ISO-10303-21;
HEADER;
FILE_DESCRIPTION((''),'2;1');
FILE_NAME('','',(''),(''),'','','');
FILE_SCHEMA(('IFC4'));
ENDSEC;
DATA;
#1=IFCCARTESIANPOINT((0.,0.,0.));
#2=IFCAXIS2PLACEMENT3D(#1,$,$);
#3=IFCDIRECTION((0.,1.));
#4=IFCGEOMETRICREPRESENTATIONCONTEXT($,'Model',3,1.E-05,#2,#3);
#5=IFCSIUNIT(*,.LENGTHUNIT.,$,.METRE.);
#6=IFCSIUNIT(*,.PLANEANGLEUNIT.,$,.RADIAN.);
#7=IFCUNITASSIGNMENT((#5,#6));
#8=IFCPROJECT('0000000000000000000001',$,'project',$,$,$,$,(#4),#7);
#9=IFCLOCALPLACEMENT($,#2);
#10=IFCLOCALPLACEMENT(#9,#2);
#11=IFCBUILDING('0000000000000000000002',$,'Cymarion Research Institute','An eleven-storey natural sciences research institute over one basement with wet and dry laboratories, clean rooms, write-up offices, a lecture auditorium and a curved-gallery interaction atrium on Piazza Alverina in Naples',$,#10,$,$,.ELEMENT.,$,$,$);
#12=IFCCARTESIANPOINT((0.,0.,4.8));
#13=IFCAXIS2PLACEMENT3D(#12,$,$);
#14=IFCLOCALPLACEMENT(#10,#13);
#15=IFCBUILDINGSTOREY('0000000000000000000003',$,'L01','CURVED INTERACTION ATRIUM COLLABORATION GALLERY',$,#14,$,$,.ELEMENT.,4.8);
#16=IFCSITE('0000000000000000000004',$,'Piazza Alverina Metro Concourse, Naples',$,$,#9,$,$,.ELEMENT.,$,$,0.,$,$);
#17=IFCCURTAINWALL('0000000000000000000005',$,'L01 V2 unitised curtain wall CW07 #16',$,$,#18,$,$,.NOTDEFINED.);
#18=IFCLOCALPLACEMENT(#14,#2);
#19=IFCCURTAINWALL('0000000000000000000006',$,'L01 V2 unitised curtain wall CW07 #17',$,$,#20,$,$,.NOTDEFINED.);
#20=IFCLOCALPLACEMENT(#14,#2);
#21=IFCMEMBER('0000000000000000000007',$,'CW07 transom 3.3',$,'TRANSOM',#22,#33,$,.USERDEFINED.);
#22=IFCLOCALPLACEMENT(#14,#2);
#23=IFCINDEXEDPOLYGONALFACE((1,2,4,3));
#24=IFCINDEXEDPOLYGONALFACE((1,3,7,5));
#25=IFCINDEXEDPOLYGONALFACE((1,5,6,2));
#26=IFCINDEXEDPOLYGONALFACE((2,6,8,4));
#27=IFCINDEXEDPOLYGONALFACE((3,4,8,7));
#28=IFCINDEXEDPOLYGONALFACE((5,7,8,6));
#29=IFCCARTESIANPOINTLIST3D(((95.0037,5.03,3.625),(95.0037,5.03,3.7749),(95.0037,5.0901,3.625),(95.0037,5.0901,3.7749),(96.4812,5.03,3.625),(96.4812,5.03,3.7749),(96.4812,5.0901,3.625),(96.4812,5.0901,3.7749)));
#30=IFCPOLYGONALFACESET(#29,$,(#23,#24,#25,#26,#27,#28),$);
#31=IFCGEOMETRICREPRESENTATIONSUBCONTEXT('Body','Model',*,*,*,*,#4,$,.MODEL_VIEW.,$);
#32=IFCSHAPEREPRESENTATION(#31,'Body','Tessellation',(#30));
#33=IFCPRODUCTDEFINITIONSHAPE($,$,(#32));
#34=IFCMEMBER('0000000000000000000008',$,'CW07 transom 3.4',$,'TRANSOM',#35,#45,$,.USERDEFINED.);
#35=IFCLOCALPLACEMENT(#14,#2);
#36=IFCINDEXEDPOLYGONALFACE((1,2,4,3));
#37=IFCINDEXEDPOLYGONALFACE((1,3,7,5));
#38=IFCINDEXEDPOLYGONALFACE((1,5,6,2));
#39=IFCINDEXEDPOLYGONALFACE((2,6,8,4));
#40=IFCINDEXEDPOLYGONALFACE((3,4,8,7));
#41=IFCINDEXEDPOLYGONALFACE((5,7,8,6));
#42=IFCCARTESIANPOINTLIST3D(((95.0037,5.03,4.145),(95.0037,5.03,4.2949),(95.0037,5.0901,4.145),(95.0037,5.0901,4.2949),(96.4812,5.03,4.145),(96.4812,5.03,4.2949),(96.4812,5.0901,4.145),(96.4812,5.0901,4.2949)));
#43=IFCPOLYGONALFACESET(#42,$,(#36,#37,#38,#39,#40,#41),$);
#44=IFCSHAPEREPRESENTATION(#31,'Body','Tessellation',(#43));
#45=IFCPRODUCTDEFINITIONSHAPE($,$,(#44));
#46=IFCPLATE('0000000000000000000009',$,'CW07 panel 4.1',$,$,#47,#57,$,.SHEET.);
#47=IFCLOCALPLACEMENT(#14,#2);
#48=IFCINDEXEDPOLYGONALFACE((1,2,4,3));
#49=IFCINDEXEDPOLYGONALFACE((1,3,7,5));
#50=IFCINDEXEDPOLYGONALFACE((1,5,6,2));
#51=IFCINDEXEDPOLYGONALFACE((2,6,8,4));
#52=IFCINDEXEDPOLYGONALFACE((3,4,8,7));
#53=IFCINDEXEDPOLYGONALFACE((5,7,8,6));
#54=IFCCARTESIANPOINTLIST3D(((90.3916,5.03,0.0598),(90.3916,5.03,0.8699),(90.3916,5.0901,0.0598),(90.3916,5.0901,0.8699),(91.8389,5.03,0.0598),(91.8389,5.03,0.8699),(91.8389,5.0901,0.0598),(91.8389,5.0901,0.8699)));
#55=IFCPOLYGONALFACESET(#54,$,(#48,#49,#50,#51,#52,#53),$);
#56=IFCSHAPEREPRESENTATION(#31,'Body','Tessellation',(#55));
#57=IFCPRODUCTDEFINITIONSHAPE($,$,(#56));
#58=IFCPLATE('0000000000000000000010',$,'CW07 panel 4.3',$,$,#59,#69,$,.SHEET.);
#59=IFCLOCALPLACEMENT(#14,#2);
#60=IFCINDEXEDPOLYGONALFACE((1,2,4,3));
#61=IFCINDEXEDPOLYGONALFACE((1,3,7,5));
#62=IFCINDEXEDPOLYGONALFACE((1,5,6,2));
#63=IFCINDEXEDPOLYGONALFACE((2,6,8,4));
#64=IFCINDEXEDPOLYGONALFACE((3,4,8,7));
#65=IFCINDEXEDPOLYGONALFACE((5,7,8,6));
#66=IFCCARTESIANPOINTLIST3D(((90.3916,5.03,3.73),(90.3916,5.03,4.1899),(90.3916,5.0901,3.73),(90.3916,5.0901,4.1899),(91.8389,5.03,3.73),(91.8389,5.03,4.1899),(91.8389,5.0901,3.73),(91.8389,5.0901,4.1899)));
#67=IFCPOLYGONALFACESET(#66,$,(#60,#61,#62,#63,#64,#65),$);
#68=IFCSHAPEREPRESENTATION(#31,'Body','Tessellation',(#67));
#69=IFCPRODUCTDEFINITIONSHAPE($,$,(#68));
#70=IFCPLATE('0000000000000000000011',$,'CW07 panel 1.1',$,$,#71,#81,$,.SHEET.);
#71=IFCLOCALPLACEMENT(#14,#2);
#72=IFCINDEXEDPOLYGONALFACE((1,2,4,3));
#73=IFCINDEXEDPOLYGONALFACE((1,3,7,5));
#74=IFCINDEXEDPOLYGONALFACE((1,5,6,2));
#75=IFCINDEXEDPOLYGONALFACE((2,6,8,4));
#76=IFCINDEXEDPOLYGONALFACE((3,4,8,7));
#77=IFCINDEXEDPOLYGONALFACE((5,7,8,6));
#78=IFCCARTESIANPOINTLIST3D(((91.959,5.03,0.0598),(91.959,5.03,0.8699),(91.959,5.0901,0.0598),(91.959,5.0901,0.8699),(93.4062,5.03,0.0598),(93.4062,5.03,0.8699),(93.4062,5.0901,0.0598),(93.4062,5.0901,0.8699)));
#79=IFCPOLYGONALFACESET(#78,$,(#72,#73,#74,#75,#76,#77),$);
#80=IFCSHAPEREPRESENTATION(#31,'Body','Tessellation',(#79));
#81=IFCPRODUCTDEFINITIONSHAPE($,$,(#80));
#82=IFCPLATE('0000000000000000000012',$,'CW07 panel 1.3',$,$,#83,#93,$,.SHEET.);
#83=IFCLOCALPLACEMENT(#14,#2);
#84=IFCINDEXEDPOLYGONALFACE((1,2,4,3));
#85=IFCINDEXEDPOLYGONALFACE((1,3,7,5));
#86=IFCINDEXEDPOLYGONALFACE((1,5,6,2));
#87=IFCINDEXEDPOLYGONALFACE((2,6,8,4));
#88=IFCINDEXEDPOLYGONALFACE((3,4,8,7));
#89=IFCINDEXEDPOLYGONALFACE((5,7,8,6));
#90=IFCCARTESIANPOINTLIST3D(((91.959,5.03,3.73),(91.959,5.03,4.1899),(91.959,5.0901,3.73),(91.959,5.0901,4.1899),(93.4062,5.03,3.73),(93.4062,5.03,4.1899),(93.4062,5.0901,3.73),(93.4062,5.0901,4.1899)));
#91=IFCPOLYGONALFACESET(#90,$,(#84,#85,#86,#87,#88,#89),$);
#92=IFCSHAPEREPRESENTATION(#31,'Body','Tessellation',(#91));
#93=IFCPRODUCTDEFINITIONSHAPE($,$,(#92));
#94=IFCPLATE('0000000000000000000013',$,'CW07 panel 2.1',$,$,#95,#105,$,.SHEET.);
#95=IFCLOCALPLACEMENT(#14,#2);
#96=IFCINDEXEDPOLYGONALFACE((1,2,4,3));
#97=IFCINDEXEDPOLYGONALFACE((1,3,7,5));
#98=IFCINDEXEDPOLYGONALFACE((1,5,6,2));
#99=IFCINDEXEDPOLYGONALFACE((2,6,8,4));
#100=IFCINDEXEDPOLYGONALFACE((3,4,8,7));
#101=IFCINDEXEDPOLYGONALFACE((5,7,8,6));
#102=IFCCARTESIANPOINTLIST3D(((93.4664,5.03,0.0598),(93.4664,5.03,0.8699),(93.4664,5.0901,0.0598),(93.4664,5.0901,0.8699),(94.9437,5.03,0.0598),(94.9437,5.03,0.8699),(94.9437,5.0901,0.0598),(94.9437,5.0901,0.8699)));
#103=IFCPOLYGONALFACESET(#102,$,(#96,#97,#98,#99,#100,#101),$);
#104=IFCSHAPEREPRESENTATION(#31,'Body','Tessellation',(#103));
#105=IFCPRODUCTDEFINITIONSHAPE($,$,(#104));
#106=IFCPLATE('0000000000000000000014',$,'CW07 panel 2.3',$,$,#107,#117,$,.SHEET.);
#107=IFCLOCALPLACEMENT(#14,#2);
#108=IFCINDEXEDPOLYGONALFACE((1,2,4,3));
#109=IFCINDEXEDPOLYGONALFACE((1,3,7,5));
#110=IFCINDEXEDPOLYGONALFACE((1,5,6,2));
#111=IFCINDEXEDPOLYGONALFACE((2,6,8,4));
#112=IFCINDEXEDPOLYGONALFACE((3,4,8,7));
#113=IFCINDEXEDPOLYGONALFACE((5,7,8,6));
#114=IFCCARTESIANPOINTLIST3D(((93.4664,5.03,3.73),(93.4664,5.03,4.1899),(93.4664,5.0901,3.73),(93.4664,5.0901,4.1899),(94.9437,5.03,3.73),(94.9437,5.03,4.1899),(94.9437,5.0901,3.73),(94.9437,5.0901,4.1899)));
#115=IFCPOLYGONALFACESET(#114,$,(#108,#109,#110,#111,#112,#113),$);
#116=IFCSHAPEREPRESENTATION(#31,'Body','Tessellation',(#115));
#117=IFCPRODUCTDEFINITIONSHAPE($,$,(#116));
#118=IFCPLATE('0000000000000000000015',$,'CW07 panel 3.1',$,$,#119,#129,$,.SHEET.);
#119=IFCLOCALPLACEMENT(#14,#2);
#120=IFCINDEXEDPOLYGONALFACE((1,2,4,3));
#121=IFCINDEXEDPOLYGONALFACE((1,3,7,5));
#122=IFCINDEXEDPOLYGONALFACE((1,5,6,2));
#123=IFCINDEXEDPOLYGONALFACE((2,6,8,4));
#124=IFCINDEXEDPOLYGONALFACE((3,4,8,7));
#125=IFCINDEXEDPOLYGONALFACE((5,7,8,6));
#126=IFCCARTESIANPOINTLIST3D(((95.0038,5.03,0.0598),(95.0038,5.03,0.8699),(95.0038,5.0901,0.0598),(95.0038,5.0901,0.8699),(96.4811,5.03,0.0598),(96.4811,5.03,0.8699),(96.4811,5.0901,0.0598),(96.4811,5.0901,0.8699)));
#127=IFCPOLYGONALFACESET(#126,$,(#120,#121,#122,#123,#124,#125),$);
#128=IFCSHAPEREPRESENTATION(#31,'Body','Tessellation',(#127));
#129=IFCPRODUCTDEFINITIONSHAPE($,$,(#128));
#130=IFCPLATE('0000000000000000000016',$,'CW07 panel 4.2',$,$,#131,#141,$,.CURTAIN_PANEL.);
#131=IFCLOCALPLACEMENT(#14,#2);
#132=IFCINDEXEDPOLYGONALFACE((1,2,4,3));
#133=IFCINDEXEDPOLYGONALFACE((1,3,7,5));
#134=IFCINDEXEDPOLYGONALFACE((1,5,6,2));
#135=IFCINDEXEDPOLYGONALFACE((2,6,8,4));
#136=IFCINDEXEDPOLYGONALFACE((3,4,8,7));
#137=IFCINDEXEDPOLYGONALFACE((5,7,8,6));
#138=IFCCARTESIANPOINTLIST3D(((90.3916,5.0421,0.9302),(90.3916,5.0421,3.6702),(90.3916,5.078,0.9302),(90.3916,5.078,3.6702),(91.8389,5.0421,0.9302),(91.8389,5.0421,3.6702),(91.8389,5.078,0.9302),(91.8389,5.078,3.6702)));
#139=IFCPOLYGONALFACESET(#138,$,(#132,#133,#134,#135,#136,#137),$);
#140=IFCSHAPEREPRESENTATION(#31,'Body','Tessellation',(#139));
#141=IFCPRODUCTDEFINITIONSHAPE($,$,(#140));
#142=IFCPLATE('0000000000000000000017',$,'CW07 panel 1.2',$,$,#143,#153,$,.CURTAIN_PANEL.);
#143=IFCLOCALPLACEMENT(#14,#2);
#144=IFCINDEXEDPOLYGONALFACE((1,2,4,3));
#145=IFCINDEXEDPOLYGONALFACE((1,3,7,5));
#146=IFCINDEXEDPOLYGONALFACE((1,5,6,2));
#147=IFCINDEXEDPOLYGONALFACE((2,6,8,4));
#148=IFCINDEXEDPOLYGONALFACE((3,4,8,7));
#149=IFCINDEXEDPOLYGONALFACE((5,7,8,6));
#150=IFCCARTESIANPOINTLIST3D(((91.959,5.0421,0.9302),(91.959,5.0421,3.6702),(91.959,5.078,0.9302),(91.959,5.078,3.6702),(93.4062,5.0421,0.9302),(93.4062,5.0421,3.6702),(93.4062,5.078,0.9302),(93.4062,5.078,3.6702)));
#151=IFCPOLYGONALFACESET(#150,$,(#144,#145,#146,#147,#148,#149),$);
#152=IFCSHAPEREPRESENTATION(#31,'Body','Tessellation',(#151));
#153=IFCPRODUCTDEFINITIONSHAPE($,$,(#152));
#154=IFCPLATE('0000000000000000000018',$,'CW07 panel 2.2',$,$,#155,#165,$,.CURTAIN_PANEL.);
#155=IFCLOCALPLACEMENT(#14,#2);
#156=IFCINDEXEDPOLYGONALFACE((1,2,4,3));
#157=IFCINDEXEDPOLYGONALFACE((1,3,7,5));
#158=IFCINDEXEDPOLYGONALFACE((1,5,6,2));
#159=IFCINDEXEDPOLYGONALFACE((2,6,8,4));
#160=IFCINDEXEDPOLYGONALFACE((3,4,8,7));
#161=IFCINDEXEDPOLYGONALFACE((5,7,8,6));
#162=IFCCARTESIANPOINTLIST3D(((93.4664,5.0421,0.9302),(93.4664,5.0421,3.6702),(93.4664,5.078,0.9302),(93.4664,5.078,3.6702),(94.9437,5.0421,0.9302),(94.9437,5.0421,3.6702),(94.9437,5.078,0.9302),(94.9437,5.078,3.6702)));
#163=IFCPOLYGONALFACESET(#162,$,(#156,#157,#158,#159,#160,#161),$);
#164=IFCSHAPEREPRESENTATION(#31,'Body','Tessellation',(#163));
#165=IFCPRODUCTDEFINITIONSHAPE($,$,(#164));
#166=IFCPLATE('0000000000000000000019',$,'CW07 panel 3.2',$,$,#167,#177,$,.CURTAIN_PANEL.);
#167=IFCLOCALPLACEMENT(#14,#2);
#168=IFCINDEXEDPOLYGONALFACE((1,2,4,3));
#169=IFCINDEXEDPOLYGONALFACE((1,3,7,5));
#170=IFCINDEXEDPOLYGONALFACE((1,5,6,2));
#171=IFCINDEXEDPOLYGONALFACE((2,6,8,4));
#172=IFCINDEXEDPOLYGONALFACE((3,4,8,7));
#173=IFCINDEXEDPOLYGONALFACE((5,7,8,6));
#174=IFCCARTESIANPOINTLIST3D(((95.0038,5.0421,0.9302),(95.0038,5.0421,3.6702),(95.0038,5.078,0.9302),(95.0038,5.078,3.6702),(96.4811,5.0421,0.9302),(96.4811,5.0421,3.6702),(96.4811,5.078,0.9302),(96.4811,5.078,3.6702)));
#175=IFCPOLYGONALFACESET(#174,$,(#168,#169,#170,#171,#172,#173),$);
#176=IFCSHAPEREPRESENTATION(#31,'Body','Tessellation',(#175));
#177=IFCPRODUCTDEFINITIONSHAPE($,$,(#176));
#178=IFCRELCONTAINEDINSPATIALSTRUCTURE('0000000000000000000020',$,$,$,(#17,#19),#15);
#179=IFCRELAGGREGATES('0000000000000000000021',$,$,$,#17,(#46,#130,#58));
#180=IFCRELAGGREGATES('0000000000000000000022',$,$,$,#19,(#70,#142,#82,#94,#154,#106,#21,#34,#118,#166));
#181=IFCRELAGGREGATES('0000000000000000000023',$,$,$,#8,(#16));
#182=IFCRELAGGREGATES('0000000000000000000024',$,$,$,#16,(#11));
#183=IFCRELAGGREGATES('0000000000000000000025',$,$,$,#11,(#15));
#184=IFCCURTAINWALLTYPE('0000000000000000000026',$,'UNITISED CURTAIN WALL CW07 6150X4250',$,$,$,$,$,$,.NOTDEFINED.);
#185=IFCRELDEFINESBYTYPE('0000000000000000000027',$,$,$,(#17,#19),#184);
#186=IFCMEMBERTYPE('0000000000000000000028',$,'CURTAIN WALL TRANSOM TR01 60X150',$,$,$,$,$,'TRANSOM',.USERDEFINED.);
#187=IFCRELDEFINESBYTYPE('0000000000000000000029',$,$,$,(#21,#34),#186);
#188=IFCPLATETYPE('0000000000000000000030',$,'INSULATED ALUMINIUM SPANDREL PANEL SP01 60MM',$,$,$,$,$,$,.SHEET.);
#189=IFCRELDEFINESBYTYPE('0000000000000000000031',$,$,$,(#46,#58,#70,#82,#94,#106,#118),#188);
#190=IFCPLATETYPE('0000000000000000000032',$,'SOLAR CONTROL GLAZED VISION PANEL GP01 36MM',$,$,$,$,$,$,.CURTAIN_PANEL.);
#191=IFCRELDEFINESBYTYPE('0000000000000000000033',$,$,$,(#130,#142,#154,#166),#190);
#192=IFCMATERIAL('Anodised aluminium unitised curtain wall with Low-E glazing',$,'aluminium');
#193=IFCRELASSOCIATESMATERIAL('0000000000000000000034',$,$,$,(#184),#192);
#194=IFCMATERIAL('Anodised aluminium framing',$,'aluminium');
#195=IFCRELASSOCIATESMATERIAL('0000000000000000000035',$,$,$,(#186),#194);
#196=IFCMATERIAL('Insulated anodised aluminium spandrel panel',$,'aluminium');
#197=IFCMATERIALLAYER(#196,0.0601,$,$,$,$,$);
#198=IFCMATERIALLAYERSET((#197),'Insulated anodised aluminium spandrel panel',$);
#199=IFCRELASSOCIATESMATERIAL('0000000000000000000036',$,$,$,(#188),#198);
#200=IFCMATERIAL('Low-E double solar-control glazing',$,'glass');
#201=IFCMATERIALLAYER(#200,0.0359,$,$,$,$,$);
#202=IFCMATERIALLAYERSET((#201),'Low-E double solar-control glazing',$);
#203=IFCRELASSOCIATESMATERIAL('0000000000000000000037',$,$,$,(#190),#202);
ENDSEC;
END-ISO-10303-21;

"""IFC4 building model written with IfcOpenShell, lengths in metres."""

from ifc_helpers import new_model, si_unit, direction, frame, origin, origin_2d, place, context, subcontext, project, spatial, rectangle, extrude, material, layer, layer_set, material_profile, profile_set, type_object, element, aggregate, save


model = new_model("IFC4")

# Units and contexts
model_context = context("Model", 3, precision=1e-05, world=origin(), true_north=direction((0.0, 1.0)))
body_context = subcontext(model_context, "Body", "Model", "MODEL_VIEW")
ifc_project = project(units=[si_unit("LENGTHUNIT", "METRE"), si_unit("PLANEANGLEUNIT", "RADIAN")], contexts=[model_context])

# Site, building, storey
site_placement = place(None, origin())
site = spatial("IfcSite", under=ifc_project, at=site_placement, Name="Piazza Alverina Metro Concourse, Naples", CompositionType="ELEMENT", RefElevation=0.0)
building_placement = place(site_placement, origin())
building = spatial("IfcBuilding", under=site, at=building_placement, Name="Cymarion Research Institute", Description="An eleven-storey natural sciences research institute over one basement with wet and dry laboratories, clean rooms, write-up offices, a lecture auditorium and a curved-gallery interaction atrium on Piazza Alverina in Naples", CompositionType="ELEMENT")
storey_placement = place(building_placement, frame((0.0, 0.0, 4.8)))
storey = spatial("IfcBuildingStorey", under=building, at=storey_placement, Name="L01", Description="CURVED INTERACTION ATRIUM COLLABORATION GALLERY", CompositionType="ELEMENT", Elevation=4.8)

# Curtain wall
ifc_material_1 = material(Name="Anodised aluminium unitised curtain wall with Low-E glazing", Category="aluminium")
curtain_wall_type = type_object("IfcCurtainWallType", Name="UNITISED CURTAIN WALL CW07 6150X4250", PredefinedType="NOTDEFINED", material=ifc_material_1)
curtain_wall_1_placement = place(storey_placement, origin())
curtain_wall_1 = element("IfcCurtainWall", 1, at=curtain_wall_1_placement, inside=storey, type_object=curtain_wall_type, Name="L01 V2 unitised curtain wall CW07 #16", PredefinedType="NOTDEFINED")
ifc_material_2 = material(Name="Anodised aluminium framing", Category="aluminium")

# Curtain wall
curtain_wall_2_placement = place(storey_placement, origin())
curtain_wall_2 = element("IfcCurtainWall", 2, at=curtain_wall_2_placement, inside=storey, type_object=curtain_wall_type, Name="L01 V2 unitised curtain wall CW07 #17", PredefinedType="NOTDEFINED")

# Members
ifc_material_profile_1 = material_profile(ifc_material_2, rectangle(XDim=0.0601, YDim=0.1499, at=origin_2d()), Name="ALU TRANSOM 60x150")
ifc_profile_set_1 = profile_set([ifc_material_profile_1], Name="Anodised aluminium framing")
member_type_1 = type_object("IfcMemberType", Name="CURTAIN WALL TRANSOM TR01 60X150", ElementType="TRANSOM", PredefinedType="USERDEFINED", material=ifc_profile_set_1)
member_1_placement = place(storey_placement, frame((95.0037, 5.0601, 3.7), z_axis=(1.0, 0.0, 0.0), x_axis=(0.0, 1.0, 0.0)))
member_1 = element("IfcMember", 3, at=member_1_placement, type_object=member_type_1, Name="CW07 transom 3.3", ObjectType="TRANSOM", PredefinedType="USERDEFINED", context=body_context, shape_type="SweptSolid", body=[
    extrude(rectangle(XDim=0.0601, YDim=0.1499, at=origin_2d()), origin(), (0.0, 0.0, 1.0), 1.4775),
])
member_2_placement = place(storey_placement, frame((95.0037, 5.0601, 4.22), z_axis=(1.0, 0.0, 0.0), x_axis=(0.0, 1.0, 0.0)))
member_2 = element("IfcMember", 4, at=member_2_placement, type_object=member_type_1, Name="CW07 transom 3.4", ObjectType="TRANSOM", PredefinedType="USERDEFINED", context=body_context, shape_type="SweptSolid", body=[
    extrude(rectangle(XDim=0.0601, YDim=0.1499, at=origin_2d()), origin(), (0.0, 0.0, 1.0), 1.4775),
])

# Plates
ifc_material_3 = material(Name="Insulated anodised aluminium spandrel panel", Category="aluminium")
ifc_layer_1 = layer(ifc_material_3, 0.0601)
ifc_layer_set_1 = layer_set([ifc_layer_1], Name="Insulated anodised aluminium spandrel panel")
plate_type_1 = type_object("IfcPlateType", Name="INSULATED ALUMINIUM SPANDREL PANEL SP01 60MM", PredefinedType="SHEET", material=ifc_layer_set_1)
plate_1_placement = place(storey_placement, frame((91.1152, 5.0601, 0.0598), z_axis=(0.0, 0.0, 1.0), x_axis=(1.0, 0.0, 0.0)))
plate_1 = element("IfcPlate", 5, at=plate_1_placement, type_object=plate_type_1, Name="CW07 panel 4.1", PredefinedType="SHEET", context=body_context, shape_type="SweptSolid", body=[
    extrude(rectangle(XDim=1.4473, YDim=0.0601, at=origin_2d()), origin(), (0.0, 0.0, 1.0), 0.8101),
])
plate_2_placement = place(storey_placement, frame((91.1152, 5.0601, 3.73), z_axis=(0.0, 0.0, 1.0), x_axis=(1.0, 0.0, 0.0)))
plate_2 = element("IfcPlate", 6, at=plate_2_placement, type_object=plate_type_1, Name="CW07 panel 4.3", PredefinedType="SHEET", context=body_context, shape_type="SweptSolid", body=[
    extrude(rectangle(XDim=1.4473, YDim=0.0601, at=origin_2d()), origin(), (0.0, 0.0, 1.0), 0.46),
])
plate_3_placement = place(storey_placement, frame((92.6826, 5.0601, 0.0598), z_axis=(0.0, 0.0, 1.0), x_axis=(1.0, 0.0, 0.0)))
plate_3 = element("IfcPlate", 7, at=plate_3_placement, type_object=plate_type_1, Name="CW07 panel 1.1", PredefinedType="SHEET", context=body_context, shape_type="SweptSolid", body=[
    extrude(rectangle(XDim=1.4473, YDim=0.0601, at=origin_2d()), origin(), (0.0, 0.0, 1.0), 0.8101),
])
plate_4_placement = place(storey_placement, frame((92.6826, 5.0601, 3.73), z_axis=(0.0, 0.0, 1.0), x_axis=(1.0, 0.0, 0.0)))
plate_4 = element("IfcPlate", 8, at=plate_4_placement, type_object=plate_type_1, Name="CW07 panel 1.3", PredefinedType="SHEET", context=body_context, shape_type="SweptSolid", body=[
    extrude(rectangle(XDim=1.4473, YDim=0.0601, at=origin_2d()), origin(), (0.0, 0.0, 1.0), 0.46),
])
plate_5_placement = place(storey_placement, frame((94.2051, 5.0601, 0.0598), z_axis=(0.0, 0.0, 1.0), x_axis=(1.0, 0.0, 0.0)))
plate_5 = element("IfcPlate", 9, at=plate_5_placement, type_object=plate_type_1, Name="CW07 panel 2.1", PredefinedType="SHEET", context=body_context, shape_type="SweptSolid", body=[
    extrude(rectangle(XDim=1.4773, YDim=0.0601, at=origin_2d()), origin(), (0.0, 0.0, 1.0), 0.8101),
])
plate_6_placement = place(storey_placement, frame((94.2051, 5.0601, 3.73), z_axis=(0.0, 0.0, 1.0), x_axis=(1.0, 0.0, 0.0)))
plate_6 = element("IfcPlate", 10, at=plate_6_placement, type_object=plate_type_1, Name="CW07 panel 2.3", PredefinedType="SHEET", context=body_context, shape_type="SweptSolid", body=[
    extrude(rectangle(XDim=1.4773, YDim=0.0601, at=origin_2d()), origin(), (0.0, 0.0, 1.0), 0.46),
])
plate_7_placement = place(storey_placement, frame((95.7424, 5.0601, 0.0598), z_axis=(0.0, 0.0, 1.0), x_axis=(1.0, 0.0, 0.0)))
plate_7 = element("IfcPlate", 11, at=plate_7_placement, type_object=plate_type_1, Name="CW07 panel 3.1", PredefinedType="SHEET", context=body_context, shape_type="SweptSolid", body=[
    extrude(rectangle(XDim=1.4773, YDim=0.0601, at=origin_2d()), origin(), (0.0, 0.0, 1.0), 0.8101),
])
ifc_material_4 = material(Name="Low-E double solar-control glazing", Category="glass")
ifc_layer_2 = layer(ifc_material_4, 0.0359)
ifc_layer_set_2 = layer_set([ifc_layer_2], Name="Low-E double solar-control glazing")
plate_type_2 = type_object("IfcPlateType", Name="SOLAR CONTROL GLAZED VISION PANEL GP01 36MM", PredefinedType="CURTAIN_PANEL", material=ifc_layer_set_2)
plate_8_placement = place(storey_placement, frame((91.1152, 5.0601, 0.9302), z_axis=(0.0, 0.0, 1.0), x_axis=(1.0, 0.0, 0.0)))
plate_8 = element("IfcPlate", 12, at=plate_8_placement, type_object=plate_type_2, Name="CW07 panel 4.2", PredefinedType="CURTAIN_PANEL", context=body_context, shape_type="SweptSolid", body=[
    extrude(rectangle(XDim=1.4473, YDim=0.0359, at=origin_2d()), origin(), (0.0, 0.0, 1.0), 2.74),
])
aggregate(curtain_wall_1, [plate_1, plate_8, plate_2])
plate_9_placement = place(storey_placement, frame((92.6826, 5.0601, 0.9302), z_axis=(0.0, 0.0, 1.0), x_axis=(1.0, 0.0, 0.0)))
plate_9 = element("IfcPlate", 13, at=plate_9_placement, type_object=plate_type_2, Name="CW07 panel 1.2", PredefinedType="CURTAIN_PANEL", context=body_context, shape_type="SweptSolid", body=[
    extrude(rectangle(XDim=1.4473, YDim=0.0359, at=origin_2d()), origin(), (0.0, 0.0, 1.0), 2.74),
])
plate_10_placement = place(storey_placement, frame((94.2051, 5.0601, 0.9302), z_axis=(0.0, 0.0, 1.0), x_axis=(1.0, 0.0, 0.0)))
plate_10 = element("IfcPlate", 14, at=plate_10_placement, type_object=plate_type_2, Name="CW07 panel 2.2", PredefinedType="CURTAIN_PANEL", context=body_context, shape_type="SweptSolid", body=[
    extrude(rectangle(XDim=1.4773, YDim=0.0359, at=origin_2d()), origin(), (0.0, 0.0, 1.0), 2.74),
])
plate_11_placement = place(storey_placement, frame((95.7424, 5.0601, 0.9302), z_axis=(0.0, 0.0, 1.0), x_axis=(1.0, 0.0, 0.0)))
plate_11 = element("IfcPlate", 15, at=plate_11_placement, type_object=plate_type_2, Name="CW07 panel 3.2", PredefinedType="CURTAIN_PANEL", context=body_context, shape_type="SweptSolid", body=[
    extrude(rectangle(XDim=1.4773, YDim=0.0359, at=origin_2d()), origin(), (0.0, 0.0, 1.0), 2.74),
])
aggregate(curtain_wall_2, [plate_3, plate_9, plate_4, plate_5, plate_10, plate_6, member_1, member_2, plate_7, plate_11])

save(model, "model.ifc")
